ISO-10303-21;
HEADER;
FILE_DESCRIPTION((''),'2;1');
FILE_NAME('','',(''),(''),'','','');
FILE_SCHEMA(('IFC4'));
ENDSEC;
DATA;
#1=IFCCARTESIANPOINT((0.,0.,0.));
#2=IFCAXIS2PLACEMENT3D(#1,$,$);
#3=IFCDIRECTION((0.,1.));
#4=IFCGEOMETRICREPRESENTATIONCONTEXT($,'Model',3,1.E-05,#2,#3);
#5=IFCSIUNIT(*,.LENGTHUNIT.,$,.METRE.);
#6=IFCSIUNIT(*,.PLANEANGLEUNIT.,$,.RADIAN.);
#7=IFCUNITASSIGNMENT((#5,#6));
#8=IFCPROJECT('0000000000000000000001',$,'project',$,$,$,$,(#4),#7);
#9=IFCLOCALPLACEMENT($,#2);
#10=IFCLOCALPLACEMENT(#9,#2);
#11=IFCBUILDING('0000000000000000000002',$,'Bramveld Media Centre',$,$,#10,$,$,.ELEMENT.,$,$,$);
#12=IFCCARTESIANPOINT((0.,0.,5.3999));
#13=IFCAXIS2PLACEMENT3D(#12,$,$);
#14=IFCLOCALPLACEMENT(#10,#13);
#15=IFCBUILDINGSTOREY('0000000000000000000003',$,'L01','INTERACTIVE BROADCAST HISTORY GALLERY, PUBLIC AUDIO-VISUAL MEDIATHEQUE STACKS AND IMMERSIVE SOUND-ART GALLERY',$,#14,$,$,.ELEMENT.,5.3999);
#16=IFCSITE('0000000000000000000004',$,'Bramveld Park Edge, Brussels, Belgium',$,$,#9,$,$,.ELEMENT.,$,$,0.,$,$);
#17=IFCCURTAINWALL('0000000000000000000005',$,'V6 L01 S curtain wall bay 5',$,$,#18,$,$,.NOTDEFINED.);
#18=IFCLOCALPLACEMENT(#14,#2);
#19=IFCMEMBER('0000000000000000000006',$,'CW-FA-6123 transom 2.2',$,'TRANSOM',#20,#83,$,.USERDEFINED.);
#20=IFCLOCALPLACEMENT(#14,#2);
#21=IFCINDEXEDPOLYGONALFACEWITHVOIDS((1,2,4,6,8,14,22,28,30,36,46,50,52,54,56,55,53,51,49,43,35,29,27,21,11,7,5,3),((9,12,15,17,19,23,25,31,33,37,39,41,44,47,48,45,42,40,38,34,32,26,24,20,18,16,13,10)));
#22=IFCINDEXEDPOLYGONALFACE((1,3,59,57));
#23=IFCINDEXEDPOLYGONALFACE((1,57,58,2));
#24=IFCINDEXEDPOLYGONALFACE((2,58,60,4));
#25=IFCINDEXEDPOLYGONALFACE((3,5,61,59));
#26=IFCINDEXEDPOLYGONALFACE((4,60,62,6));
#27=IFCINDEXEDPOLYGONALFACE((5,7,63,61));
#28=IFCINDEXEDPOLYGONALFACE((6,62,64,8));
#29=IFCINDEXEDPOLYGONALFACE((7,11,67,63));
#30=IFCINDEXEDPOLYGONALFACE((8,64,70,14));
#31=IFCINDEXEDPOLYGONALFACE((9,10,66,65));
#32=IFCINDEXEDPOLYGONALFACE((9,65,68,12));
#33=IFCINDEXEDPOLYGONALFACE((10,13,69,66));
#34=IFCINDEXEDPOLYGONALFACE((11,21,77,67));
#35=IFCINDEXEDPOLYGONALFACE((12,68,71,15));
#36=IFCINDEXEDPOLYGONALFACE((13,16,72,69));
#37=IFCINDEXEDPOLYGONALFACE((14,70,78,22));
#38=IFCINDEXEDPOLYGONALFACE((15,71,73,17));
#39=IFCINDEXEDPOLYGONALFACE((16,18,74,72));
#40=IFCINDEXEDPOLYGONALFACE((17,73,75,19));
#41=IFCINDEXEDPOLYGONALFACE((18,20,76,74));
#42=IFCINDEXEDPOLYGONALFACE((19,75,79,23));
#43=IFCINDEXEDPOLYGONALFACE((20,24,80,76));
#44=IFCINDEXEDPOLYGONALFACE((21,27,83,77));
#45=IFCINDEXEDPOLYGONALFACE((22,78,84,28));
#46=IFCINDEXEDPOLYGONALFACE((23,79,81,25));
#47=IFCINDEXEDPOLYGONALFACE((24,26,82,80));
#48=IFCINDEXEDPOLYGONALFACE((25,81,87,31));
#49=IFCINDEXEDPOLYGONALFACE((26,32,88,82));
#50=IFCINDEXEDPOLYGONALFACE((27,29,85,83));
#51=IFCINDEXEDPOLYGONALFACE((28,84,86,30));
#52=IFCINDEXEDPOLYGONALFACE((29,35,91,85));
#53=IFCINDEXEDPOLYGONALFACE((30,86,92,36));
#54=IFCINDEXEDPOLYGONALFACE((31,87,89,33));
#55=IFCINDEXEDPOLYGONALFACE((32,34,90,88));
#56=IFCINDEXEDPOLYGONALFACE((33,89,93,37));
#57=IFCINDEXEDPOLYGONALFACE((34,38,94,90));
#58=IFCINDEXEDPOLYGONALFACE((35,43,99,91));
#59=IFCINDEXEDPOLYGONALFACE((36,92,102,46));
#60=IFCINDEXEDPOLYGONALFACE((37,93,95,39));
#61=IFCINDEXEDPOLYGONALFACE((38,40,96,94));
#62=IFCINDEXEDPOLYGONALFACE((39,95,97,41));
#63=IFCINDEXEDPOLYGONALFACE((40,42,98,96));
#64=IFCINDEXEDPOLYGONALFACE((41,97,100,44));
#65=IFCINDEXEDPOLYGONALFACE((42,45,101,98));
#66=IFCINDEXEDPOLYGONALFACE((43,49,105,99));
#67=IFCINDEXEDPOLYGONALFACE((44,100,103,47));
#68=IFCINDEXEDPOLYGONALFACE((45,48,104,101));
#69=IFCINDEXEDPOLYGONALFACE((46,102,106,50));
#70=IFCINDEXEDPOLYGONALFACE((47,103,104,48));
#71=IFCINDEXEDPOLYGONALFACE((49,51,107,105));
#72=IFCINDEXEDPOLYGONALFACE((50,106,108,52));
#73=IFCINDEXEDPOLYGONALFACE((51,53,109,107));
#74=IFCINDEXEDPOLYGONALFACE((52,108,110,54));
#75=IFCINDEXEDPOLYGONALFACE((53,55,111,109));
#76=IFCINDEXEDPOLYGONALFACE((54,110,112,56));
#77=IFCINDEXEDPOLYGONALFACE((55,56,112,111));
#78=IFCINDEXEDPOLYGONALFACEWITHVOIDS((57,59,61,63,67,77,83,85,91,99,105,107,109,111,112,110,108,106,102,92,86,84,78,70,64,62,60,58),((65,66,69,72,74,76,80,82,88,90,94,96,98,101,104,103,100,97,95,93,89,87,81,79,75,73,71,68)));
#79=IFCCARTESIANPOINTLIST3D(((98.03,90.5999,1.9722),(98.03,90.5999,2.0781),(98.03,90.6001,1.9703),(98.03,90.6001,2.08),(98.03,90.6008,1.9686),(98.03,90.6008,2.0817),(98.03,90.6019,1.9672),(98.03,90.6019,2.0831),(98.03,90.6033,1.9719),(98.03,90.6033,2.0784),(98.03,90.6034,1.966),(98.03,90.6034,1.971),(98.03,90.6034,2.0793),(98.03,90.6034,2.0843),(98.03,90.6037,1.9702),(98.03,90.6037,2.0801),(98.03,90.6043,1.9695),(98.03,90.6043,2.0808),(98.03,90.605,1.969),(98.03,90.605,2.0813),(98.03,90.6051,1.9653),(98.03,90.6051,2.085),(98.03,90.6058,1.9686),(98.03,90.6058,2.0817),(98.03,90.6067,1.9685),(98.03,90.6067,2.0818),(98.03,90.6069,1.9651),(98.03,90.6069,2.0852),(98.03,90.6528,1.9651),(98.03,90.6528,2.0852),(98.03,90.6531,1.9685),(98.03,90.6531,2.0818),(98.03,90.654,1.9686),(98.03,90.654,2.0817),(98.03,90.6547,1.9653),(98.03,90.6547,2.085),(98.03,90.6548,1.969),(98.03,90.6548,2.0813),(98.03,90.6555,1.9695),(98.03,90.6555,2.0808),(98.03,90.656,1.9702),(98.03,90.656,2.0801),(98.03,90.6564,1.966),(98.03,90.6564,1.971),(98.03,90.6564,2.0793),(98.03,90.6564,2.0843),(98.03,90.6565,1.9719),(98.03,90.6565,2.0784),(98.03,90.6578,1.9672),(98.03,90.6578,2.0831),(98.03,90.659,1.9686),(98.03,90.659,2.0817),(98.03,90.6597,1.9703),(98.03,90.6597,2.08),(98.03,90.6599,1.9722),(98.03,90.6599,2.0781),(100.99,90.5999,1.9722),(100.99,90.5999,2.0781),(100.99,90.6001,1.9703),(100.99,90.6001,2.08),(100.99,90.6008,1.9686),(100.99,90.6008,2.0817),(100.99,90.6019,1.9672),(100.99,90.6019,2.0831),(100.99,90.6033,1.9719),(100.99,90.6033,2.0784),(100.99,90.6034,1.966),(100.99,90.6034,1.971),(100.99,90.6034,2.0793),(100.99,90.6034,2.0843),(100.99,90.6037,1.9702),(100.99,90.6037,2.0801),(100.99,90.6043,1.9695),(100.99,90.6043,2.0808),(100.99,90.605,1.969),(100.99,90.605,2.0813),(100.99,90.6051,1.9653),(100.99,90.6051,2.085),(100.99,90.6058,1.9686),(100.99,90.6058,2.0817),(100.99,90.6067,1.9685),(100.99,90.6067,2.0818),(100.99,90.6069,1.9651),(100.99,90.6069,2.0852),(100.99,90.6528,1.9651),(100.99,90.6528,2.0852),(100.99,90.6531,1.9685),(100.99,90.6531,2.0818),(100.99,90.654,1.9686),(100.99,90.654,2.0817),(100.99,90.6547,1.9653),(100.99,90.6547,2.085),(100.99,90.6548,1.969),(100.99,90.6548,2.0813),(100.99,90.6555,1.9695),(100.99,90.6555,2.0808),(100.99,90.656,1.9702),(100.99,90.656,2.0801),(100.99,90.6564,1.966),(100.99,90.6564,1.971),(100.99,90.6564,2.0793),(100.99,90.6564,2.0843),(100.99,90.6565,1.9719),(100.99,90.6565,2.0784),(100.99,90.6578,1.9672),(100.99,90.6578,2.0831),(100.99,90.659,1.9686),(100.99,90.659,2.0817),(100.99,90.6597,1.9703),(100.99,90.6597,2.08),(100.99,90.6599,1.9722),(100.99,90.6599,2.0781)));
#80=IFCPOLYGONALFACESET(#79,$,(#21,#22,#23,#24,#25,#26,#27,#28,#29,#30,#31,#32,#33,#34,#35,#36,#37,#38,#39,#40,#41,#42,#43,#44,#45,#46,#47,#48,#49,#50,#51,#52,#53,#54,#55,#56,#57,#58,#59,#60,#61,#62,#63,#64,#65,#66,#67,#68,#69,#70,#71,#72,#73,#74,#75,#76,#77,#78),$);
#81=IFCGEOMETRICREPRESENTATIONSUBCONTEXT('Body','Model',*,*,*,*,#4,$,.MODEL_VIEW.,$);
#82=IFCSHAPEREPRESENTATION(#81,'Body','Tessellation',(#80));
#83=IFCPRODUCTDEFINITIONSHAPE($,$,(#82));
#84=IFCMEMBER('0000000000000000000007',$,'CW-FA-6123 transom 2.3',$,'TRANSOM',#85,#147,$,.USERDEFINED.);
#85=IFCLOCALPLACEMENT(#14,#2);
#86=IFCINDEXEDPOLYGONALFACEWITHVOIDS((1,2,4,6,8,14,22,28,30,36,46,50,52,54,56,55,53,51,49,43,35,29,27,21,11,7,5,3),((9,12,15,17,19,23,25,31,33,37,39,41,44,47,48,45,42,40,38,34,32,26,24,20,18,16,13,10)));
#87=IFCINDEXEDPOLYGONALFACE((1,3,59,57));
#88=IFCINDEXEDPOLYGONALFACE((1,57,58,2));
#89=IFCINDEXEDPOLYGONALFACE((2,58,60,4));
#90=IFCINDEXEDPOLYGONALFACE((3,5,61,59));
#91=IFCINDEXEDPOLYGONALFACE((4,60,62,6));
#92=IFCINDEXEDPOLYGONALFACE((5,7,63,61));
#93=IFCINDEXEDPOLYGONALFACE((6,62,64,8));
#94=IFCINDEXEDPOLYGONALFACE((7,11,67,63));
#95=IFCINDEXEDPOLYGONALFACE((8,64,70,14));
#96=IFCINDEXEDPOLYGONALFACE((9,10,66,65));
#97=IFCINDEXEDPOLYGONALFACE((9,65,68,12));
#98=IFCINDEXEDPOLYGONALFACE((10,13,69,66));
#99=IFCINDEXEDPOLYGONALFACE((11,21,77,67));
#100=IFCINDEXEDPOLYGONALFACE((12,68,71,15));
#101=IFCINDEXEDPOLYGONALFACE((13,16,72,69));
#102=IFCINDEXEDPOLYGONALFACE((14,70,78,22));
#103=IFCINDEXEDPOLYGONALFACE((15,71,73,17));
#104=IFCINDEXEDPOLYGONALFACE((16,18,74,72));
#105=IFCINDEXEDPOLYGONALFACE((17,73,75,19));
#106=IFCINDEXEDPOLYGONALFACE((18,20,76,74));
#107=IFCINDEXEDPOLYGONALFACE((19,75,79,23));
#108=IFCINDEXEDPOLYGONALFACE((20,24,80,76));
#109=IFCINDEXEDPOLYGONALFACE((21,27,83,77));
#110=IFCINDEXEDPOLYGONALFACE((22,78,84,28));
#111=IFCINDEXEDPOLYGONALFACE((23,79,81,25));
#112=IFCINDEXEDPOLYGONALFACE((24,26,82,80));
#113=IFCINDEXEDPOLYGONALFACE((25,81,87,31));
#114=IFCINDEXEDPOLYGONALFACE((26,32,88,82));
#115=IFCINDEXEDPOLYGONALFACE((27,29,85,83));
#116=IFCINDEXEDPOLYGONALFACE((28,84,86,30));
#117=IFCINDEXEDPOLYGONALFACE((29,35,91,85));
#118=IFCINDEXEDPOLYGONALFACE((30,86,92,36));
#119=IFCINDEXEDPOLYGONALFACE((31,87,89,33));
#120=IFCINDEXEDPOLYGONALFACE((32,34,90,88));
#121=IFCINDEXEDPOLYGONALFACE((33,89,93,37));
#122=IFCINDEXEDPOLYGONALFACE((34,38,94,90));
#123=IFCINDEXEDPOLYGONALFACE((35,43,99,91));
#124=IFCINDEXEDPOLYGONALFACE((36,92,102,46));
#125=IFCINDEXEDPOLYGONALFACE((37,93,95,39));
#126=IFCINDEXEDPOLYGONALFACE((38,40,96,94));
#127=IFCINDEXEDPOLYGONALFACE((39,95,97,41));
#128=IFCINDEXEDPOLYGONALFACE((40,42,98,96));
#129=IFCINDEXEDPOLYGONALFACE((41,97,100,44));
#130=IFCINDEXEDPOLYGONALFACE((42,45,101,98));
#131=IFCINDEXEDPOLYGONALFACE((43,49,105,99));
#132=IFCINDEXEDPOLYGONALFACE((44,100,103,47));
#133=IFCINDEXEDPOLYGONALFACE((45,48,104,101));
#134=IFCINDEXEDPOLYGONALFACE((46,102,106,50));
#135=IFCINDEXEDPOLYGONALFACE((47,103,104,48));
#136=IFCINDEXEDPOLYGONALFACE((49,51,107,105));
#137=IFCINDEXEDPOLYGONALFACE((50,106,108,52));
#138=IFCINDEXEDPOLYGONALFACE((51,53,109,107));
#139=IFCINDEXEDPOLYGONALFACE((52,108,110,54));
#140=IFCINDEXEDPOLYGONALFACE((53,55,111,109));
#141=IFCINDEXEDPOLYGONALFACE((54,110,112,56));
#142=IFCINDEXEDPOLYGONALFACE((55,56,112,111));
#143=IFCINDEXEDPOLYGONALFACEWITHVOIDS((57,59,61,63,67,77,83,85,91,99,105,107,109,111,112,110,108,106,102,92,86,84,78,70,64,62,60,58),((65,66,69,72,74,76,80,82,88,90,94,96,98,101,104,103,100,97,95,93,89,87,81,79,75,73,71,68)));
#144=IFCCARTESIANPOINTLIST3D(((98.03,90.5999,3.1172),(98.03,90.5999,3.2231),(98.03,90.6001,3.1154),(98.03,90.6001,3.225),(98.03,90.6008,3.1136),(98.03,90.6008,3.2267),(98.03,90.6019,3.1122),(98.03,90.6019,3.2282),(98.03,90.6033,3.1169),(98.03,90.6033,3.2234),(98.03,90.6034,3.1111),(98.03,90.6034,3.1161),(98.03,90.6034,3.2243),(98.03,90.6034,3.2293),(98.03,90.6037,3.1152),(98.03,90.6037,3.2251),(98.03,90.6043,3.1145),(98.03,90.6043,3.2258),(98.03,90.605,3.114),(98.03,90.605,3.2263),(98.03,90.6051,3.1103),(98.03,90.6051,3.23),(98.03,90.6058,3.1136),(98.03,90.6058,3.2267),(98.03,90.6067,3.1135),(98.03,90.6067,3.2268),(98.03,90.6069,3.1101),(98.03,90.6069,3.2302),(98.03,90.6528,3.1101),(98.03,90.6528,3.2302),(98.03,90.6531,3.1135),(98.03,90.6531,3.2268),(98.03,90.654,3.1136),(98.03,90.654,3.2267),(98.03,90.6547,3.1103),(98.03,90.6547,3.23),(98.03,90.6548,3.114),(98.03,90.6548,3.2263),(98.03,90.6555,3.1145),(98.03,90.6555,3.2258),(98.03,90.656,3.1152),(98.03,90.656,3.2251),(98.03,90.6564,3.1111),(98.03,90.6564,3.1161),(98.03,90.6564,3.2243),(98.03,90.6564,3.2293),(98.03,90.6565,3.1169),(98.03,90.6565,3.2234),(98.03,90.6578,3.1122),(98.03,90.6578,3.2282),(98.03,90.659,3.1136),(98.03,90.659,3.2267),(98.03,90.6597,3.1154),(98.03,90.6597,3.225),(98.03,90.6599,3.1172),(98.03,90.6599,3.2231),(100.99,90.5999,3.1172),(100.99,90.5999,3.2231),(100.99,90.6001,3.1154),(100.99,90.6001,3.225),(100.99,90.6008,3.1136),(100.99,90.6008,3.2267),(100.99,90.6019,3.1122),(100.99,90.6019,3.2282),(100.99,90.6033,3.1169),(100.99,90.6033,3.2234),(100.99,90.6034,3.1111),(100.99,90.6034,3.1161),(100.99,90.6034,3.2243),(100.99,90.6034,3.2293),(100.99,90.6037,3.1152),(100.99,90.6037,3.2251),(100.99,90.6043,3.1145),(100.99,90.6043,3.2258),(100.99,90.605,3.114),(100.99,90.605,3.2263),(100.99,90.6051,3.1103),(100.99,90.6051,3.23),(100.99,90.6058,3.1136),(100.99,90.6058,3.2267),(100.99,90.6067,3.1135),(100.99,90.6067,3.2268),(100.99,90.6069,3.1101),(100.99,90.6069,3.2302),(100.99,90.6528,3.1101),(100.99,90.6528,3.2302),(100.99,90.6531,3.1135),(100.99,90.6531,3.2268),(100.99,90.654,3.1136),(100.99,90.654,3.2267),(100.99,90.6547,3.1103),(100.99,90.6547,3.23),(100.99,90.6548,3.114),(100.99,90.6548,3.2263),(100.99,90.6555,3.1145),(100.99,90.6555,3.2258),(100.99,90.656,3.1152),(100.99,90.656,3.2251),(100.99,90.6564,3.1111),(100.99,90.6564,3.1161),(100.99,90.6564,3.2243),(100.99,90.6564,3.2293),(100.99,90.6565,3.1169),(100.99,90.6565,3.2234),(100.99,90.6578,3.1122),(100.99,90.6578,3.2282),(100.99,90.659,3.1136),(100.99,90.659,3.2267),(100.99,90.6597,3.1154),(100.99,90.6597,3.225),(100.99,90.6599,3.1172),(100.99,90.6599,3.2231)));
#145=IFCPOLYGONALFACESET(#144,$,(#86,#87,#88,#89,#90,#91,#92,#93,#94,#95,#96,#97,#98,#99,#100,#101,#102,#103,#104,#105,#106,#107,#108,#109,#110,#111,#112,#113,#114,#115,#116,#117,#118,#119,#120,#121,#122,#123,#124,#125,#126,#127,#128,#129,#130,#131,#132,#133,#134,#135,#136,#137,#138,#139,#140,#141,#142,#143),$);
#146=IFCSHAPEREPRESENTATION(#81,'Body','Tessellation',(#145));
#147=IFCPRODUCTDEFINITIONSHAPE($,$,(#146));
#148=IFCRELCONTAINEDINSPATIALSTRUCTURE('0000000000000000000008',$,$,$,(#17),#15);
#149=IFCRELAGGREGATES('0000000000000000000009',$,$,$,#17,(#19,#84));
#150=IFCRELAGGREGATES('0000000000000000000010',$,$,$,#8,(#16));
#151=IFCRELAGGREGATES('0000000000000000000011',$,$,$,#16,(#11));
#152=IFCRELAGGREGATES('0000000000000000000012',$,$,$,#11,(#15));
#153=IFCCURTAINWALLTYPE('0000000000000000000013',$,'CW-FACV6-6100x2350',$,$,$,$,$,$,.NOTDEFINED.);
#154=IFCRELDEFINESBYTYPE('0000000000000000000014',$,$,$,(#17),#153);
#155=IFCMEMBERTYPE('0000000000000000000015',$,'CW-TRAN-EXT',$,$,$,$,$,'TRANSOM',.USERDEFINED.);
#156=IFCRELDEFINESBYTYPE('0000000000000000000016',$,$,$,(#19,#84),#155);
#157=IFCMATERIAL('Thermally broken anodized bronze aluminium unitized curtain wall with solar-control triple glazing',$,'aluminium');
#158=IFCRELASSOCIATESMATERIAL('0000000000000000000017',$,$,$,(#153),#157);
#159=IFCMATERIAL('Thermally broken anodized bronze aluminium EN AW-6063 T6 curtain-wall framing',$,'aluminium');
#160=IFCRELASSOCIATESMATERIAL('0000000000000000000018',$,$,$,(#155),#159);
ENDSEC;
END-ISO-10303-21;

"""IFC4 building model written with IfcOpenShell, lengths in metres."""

from ifc_helpers import new_model, si_unit, direction, frame, origin, origin_2d, place, context, subcontext, project, spatial, hollow_rectangle, extrude, material, material_profile, profile_set, type_object, element, aggregate, save


model = new_model("IFC4")

# Units and contexts
model_context = context("Model", 3, precision=1e-05, world=origin(), true_north=direction((0.0, 1.0)))
body_context = subcontext(model_context, "Body", "Model", "MODEL_VIEW")
ifc_project = project(units=[si_unit("LENGTHUNIT", "METRE"), si_unit("PLANEANGLEUNIT", "RADIAN")], contexts=[model_context])

# Site, building, storey
site_placement = place(None, origin())
site = spatial("IfcSite", under=ifc_project, at=site_placement, Name="Bramveld Park Edge, Brussels, Belgium", CompositionType="ELEMENT", RefElevation=0.0)
building_placement = place(site_placement, origin())
building = spatial("IfcBuilding", under=site, at=building_placement, Name="Bramveld Media Centre", CompositionType="ELEMENT")
storey_placement = place(building_placement, frame((0.0, 0.0, 5.3999)))
storey = spatial("IfcBuildingStorey", under=building, at=storey_placement, Name="L01", Description="INTERACTIVE BROADCAST HISTORY GALLERY, PUBLIC AUDIO-VISUAL MEDIATHEQUE STACKS AND IMMERSIVE SOUND-ART GALLERY", CompositionType="ELEMENT", Elevation=5.3999)

# Curtain wall
ifc_material_1 = material(Name="Thermally broken anodized bronze aluminium unitized curtain wall with solar-control triple glazing", Category="aluminium")
curtain_wall_type = type_object("IfcCurtainWallType", Name="CW-FACV6-6100x2350", PredefinedType="NOTDEFINED", material=ifc_material_1)
curtain_wall_1_placement = place(storey_placement, origin())
curtain_wall_1 = element("IfcCurtainWall", 1, at=curtain_wall_1_placement, inside=storey, type_object=curtain_wall_type, Name="V6 L01 S curtain wall bay 5", PredefinedType="NOTDEFINED")

# Members
ifc_material_2 = material(Name="Thermally broken anodized bronze aluminium EN AW-6063 T6 curtain-wall framing", Category="aluminium")
ifc_material_profile_1 = material_profile(ifc_material_2, hollow_rectangle(XDim=0.0601, YDim=0.1201, WallThickness=0.0034, InnerFilletRadius=0.0034, OuterFilletRadius=0.0071, at=origin_2d()), Name="AL-TRAN 60x120")
ifc_profile_set_1 = profile_set([ifc_material_profile_1], Name="Thermally broken anodized bronze aluminium EN AW-6063 T6 curtain-wall framing")
member_type_1 = type_object("IfcMemberType", Name="CW-TRAN-EXT", ElementType="TRANSOM", PredefinedType="USERDEFINED", material=ifc_profile_set_1)
member_1_placement = place(storey_placement, frame((98.03, 90.6299, 2.0251), z_axis=(1.0, 0.0, 0.0), x_axis=(0.0, 1.0, 0.0)))
member_1 = element("IfcMember", 2, at=member_1_placement, type_object=member_type_1, Name="CW-FA-6123 transom 2.2", ObjectType="TRANSOM", PredefinedType="USERDEFINED", context=body_context, shape_type="SweptSolid", body=[
    extrude(hollow_rectangle(XDim=0.0601, YDim=0.1201, WallThickness=0.0034, InnerFilletRadius=0.0034, OuterFilletRadius=0.0071, at=origin_2d()), origin(), (0.0, 0.0, 1.0), 2.96),
])
member_2_placement = place(storey_placement, frame((98.03, 90.6299, 3.1702), z_axis=(1.0, 0.0, 0.0), x_axis=(0.0, 1.0, 0.0)))
member_2 = element("IfcMember", 3, at=member_2_placement, type_object=member_type_1, Name="CW-FA-6123 transom 2.3", ObjectType="TRANSOM", PredefinedType="USERDEFINED", context=body_context, shape_type="SweptSolid", body=[
    extrude(hollow_rectangle(XDim=0.0601, YDim=0.1201, WallThickness=0.0034, InnerFilletRadius=0.0034, OuterFilletRadius=0.0071, at=origin_2d()), origin(), (0.0, 0.0, 1.0), 2.96),
])

aggregate(curtain_wall_1, [member_1, member_2])

save(model, "model.ifc")
